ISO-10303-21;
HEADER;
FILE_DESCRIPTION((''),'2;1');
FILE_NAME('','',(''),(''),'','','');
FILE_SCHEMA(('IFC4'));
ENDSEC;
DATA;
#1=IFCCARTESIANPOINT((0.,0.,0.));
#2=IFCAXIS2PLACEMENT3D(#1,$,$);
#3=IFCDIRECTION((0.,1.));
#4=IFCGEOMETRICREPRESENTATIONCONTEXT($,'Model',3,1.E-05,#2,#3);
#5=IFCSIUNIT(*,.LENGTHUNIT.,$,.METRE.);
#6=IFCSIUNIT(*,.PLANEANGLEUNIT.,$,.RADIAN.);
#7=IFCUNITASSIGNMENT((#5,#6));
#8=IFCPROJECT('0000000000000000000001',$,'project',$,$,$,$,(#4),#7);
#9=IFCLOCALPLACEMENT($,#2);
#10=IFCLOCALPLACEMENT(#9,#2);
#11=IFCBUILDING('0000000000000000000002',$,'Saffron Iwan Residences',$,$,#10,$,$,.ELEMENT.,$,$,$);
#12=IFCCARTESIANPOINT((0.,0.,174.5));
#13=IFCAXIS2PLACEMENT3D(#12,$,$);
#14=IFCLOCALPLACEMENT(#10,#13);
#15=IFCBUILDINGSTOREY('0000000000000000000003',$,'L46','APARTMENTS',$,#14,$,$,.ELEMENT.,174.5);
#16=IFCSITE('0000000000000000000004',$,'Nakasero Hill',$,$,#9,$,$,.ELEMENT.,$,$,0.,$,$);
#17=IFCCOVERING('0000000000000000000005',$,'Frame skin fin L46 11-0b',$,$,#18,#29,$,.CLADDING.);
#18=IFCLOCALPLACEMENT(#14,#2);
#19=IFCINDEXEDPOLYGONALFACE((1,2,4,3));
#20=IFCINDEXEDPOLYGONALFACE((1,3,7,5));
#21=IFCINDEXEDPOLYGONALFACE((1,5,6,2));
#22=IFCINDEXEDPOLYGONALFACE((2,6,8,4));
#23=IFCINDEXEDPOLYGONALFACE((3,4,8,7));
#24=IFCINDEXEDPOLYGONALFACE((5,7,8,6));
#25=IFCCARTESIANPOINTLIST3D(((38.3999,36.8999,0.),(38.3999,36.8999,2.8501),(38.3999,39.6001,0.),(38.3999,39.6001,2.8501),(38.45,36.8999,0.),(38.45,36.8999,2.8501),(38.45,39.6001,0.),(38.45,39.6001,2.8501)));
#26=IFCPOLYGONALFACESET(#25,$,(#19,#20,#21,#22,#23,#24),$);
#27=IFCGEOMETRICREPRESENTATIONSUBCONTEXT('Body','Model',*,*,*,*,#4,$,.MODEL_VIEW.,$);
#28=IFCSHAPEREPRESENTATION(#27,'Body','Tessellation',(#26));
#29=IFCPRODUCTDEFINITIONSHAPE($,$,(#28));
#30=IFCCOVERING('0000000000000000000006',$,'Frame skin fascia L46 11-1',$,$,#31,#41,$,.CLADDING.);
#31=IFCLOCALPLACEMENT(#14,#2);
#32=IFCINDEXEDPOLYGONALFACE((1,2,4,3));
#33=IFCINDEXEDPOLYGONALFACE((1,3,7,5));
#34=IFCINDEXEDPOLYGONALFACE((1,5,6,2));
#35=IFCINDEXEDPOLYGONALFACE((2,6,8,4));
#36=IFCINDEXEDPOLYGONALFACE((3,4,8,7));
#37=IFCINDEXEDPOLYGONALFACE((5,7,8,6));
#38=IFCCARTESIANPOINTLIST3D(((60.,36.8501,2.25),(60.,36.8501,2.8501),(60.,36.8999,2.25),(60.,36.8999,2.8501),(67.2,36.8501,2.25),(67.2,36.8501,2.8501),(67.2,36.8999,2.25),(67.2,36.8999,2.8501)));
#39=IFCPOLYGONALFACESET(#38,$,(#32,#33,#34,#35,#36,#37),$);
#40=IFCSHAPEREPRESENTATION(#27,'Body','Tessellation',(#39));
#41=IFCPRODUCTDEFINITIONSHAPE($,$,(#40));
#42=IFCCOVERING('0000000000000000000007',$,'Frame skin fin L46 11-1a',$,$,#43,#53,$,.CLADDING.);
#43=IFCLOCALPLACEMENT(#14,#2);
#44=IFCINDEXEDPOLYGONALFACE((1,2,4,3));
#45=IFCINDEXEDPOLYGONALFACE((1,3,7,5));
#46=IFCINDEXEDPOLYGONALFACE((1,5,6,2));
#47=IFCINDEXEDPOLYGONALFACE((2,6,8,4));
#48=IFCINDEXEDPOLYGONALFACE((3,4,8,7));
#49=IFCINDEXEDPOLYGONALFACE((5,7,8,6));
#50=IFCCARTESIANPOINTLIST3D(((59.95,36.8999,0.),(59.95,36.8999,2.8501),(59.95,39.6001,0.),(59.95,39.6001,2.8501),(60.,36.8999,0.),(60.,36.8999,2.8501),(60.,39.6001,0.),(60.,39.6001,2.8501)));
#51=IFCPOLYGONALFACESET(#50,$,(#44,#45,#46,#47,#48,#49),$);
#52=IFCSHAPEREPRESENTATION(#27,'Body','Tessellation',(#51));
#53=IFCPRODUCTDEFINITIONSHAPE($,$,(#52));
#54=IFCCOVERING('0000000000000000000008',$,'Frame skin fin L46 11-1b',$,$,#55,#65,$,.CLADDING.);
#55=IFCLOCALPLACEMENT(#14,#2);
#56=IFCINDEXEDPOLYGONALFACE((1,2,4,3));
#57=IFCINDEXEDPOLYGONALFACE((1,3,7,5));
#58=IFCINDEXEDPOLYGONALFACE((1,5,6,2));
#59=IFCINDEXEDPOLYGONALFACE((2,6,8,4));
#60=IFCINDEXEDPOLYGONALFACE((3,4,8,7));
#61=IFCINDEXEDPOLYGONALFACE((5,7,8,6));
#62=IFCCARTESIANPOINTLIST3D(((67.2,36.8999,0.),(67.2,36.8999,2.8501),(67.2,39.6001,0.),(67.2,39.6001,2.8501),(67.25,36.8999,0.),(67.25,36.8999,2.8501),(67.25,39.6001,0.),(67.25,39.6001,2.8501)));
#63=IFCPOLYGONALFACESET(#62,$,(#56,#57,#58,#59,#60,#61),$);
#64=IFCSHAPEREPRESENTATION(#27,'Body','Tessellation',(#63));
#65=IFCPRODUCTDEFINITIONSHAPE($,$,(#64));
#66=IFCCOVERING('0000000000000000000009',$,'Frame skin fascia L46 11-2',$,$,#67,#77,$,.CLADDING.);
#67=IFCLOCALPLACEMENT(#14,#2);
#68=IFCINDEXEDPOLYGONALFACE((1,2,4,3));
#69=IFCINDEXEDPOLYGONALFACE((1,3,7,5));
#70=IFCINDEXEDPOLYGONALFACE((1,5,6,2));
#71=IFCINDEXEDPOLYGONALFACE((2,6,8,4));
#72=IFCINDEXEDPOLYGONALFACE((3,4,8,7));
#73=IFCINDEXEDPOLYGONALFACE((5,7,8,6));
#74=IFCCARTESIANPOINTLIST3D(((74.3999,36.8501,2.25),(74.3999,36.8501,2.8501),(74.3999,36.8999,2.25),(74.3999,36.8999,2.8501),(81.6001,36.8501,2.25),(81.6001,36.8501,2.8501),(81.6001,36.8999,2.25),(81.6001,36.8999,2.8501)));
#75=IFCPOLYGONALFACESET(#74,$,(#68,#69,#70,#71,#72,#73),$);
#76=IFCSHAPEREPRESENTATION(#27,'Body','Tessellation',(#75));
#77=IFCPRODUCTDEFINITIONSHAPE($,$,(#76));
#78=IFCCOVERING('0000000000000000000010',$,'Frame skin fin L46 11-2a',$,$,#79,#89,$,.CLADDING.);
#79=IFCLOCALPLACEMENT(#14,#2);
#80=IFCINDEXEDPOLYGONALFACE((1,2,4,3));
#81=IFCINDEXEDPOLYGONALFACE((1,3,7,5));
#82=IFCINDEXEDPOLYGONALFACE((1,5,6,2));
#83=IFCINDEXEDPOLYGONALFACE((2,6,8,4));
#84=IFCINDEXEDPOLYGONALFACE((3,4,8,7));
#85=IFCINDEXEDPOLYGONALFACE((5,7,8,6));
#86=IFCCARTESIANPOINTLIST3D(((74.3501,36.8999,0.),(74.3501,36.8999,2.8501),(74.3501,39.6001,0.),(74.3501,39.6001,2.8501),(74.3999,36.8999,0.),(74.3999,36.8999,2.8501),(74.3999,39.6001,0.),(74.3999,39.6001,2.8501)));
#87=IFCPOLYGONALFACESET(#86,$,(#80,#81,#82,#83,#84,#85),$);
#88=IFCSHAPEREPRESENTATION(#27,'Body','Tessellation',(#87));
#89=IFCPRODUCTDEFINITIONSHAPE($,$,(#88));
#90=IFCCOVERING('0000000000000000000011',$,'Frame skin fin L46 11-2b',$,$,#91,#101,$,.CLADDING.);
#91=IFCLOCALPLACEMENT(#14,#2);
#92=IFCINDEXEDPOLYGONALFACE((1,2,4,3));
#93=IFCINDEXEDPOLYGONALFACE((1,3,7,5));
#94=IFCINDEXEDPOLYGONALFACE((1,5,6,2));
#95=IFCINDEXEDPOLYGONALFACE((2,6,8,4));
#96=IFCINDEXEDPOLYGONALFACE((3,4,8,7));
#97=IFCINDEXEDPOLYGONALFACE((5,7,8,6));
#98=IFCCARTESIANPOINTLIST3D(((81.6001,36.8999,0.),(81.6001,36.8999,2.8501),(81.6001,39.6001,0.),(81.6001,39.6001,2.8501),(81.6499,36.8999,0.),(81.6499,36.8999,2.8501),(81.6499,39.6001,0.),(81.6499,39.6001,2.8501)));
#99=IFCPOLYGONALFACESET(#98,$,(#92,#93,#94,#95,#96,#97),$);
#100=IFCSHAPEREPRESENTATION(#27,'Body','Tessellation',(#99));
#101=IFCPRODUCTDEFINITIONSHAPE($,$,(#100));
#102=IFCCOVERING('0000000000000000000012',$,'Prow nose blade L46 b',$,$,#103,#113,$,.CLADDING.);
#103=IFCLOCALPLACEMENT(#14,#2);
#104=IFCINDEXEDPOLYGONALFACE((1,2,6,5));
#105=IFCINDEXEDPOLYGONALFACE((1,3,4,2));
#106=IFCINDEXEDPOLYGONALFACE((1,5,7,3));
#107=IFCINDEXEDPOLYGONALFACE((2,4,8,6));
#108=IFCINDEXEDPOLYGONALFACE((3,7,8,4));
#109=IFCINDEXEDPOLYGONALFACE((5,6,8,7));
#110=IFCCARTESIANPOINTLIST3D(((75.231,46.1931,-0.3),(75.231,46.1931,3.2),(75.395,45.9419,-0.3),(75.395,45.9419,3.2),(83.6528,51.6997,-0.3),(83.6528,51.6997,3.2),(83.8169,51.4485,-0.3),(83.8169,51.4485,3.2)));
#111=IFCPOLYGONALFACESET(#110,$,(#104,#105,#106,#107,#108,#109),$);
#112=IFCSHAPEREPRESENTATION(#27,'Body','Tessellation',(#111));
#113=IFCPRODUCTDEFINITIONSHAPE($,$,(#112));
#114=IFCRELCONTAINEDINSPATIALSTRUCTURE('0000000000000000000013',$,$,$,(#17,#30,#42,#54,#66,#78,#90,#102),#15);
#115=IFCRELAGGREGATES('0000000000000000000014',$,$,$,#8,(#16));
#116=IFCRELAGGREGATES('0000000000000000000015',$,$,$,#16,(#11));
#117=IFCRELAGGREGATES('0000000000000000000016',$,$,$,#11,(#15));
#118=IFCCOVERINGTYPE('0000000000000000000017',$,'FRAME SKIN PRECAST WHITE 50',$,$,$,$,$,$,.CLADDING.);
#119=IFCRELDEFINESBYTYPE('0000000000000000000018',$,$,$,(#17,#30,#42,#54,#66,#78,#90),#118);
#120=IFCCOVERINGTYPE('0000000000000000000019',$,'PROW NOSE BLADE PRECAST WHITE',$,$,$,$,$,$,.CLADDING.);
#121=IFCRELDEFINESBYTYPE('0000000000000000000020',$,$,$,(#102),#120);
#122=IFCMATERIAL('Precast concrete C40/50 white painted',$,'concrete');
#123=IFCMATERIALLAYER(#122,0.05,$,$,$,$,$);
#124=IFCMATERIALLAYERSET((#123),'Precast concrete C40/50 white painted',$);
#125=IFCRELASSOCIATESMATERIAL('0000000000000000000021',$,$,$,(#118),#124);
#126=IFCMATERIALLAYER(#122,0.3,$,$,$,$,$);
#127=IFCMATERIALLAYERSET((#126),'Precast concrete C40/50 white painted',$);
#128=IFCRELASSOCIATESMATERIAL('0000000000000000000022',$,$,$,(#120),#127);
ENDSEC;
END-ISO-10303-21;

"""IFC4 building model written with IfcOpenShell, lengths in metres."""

from ifc_helpers import new_model, si_unit, direction, frame, origin, place, context, subcontext, project, spatial, polyline, outline, extrude, material, layer, layer_set, type_object, element, save


model = new_model("IFC4")

# Units and contexts
model_context = context("Model", 3, precision=1e-05, world=origin(), true_north=direction((0.0, 1.0)))
body_context = subcontext(model_context, "Body", "Model", "MODEL_VIEW")
ifc_project = project(units=[si_unit("LENGTHUNIT", "METRE"), si_unit("PLANEANGLEUNIT", "RADIAN")], contexts=[model_context])

# Site, building, storey
site_placement = place(None, origin())
site = spatial("IfcSite", under=ifc_project, at=site_placement, Name="Nakasero Hill", CompositionType="ELEMENT", RefElevation=0.0)
building_placement = place(site_placement, origin())
building = spatial("IfcBuilding", under=site, at=building_placement, Name="Saffron Iwan Residences", CompositionType="ELEMENT")
storey_placement = place(building_placement, frame((0.0, 0.0, 174.5)))
storey = spatial("IfcBuildingStorey", under=building, at=storey_placement, Name="L46", Description="APARTMENTS", CompositionType="ELEMENT", Elevation=174.5)

# Coverings
ifc_material_1 = material(Name="Precast concrete C40/50 white painted", Category="concrete")
ifc_layer_1 = layer(ifc_material_1, 0.05)
ifc_layer_set_1 = layer_set([ifc_layer_1], Name="Precast concrete C40/50 white painted")
covering_type_1 = type_object("IfcCoveringType", Name="FRAME SKIN PRECAST WHITE 50", PredefinedType="CLADDING", material=ifc_layer_set_1)
covering_1_placement = place(storey_placement, origin())
element("IfcCovering", 1, at=covering_1_placement, inside=storey, type_object=covering_type_1, Name="Frame skin fin L46 11-0b", PredefinedType="CLADDING", context=body_context, shape_type="SweptSolid", body=[
    extrude(outline(polyline([(38.3999, 36.8999), (38.45, 36.8999), (38.45, 39.6001), (38.3999, 39.6001), (38.3999, 36.8999)])), origin(), (0.0, 0.0, 1.0), 2.8501),
])
covering_2_placement = place(storey_placement, frame((0.0, 0.0, 2.25)))
element("IfcCovering", 2, at=covering_2_placement, inside=storey, type_object=covering_type_1, Name="Frame skin fascia L46 11-1", PredefinedType="CLADDING", context=body_context, shape_type="SweptSolid", body=[
    extrude(outline(polyline([(60.0, 36.8501), (67.2, 36.8501), (67.2, 36.8999), (60.0, 36.8999), (60.0, 36.8501)])), origin(), (0.0, 0.0, 1.0), 0.6001),
])
covering_3_placement = place(storey_placement, origin())
element("IfcCovering", 3, at=covering_3_placement, inside=storey, type_object=covering_type_1, Name="Frame skin fin L46 11-1a", PredefinedType="CLADDING", context=body_context, shape_type="SweptSolid", body=[
    extrude(outline(polyline([(59.95, 36.8999), (60.0, 36.8999), (60.0, 39.6001), (59.95, 39.6001), (59.95, 36.8999)])), origin(), (0.0, 0.0, 1.0), 2.8501),
])
covering_4_placement = place(storey_placement, origin())
element("IfcCovering", 4, at=covering_4_placement, inside=storey, type_object=covering_type_1, Name="Frame skin fin L46 11-1b", PredefinedType="CLADDING", context=body_context, shape_type="SweptSolid", body=[
    extrude(outline(polyline([(67.2, 36.8999), (67.25, 36.8999), (67.25, 39.6001), (67.2, 39.6001), (67.2, 36.8999)])), origin(), (0.0, 0.0, 1.0), 2.8501),
])
covering_5_placement = place(storey_placement, frame((0.0, 0.0, 2.25)))
element("IfcCovering", 5, at=covering_5_placement, inside=storey, type_object=covering_type_1, Name="Frame skin fascia L46 11-2", PredefinedType="CLADDING", context=body_context, shape_type="SweptSolid", body=[
    extrude(outline(polyline([(74.3999, 36.8501), (81.6001, 36.8501), (81.6001, 36.8999), (74.3999, 36.8999), (74.3999, 36.8501)])), origin(), (0.0, 0.0, 1.0), 0.6001),
])
covering_6_placement = place(storey_placement, origin())
element("IfcCovering", 6, at=covering_6_placement, inside=storey, type_object=covering_type_1, Name="Frame skin fin L46 11-2a", PredefinedType="CLADDING", context=body_context, shape_type="SweptSolid", body=[
    extrude(outline(polyline([(74.3501, 36.8999), (74.3999, 36.8999), (74.3999, 39.6001), (74.3501, 39.6001), (74.3501, 36.8999)])), origin(), (0.0, 0.0, 1.0), 2.8501),
])
covering_7_placement = place(storey_placement, origin())
element("IfcCovering", 7, at=covering_7_placement, inside=storey, type_object=covering_type_1, Name="Frame skin fin L46 11-2b", PredefinedType="CLADDING", context=body_context, shape_type="SweptSolid", body=[
    extrude(outline(polyline([(81.6001, 36.8999), (81.6499, 36.8999), (81.6499, 39.6001), (81.6001, 39.6001), (81.6001, 36.8999)])), origin(), (0.0, 0.0, 1.0), 2.8501),
])
ifc_layer_2 = layer(ifc_material_1, 0.3)
ifc_layer_set_2 = layer_set([ifc_layer_2], Name="Precast concrete C40/50 white painted")
covering_type_2 = type_object("IfcCoveringType", Name="PROW NOSE BLADE PRECAST WHITE", PredefinedType="CLADDING", material=ifc_layer_set_2)
covering_8_placement = place(storey_placement, frame((0.0, 0.0, -0.3)))
element("IfcCovering", 8, at=covering_8_placement, inside=storey, type_object=covering_type_2, Name="Prow nose blade L46 b", PredefinedType="CLADDING", context=body_context, shape_type="SweptSolid", body=[
    extrude(outline(polyline([(75.395, 45.9419), (83.8169, 51.4485), (83.6528, 51.6997), (75.231, 46.1931), (75.395, 45.9419)])), origin(), (0.0, 0.0, 1.0), 3.5),
])

save(model, "model.ifc")
